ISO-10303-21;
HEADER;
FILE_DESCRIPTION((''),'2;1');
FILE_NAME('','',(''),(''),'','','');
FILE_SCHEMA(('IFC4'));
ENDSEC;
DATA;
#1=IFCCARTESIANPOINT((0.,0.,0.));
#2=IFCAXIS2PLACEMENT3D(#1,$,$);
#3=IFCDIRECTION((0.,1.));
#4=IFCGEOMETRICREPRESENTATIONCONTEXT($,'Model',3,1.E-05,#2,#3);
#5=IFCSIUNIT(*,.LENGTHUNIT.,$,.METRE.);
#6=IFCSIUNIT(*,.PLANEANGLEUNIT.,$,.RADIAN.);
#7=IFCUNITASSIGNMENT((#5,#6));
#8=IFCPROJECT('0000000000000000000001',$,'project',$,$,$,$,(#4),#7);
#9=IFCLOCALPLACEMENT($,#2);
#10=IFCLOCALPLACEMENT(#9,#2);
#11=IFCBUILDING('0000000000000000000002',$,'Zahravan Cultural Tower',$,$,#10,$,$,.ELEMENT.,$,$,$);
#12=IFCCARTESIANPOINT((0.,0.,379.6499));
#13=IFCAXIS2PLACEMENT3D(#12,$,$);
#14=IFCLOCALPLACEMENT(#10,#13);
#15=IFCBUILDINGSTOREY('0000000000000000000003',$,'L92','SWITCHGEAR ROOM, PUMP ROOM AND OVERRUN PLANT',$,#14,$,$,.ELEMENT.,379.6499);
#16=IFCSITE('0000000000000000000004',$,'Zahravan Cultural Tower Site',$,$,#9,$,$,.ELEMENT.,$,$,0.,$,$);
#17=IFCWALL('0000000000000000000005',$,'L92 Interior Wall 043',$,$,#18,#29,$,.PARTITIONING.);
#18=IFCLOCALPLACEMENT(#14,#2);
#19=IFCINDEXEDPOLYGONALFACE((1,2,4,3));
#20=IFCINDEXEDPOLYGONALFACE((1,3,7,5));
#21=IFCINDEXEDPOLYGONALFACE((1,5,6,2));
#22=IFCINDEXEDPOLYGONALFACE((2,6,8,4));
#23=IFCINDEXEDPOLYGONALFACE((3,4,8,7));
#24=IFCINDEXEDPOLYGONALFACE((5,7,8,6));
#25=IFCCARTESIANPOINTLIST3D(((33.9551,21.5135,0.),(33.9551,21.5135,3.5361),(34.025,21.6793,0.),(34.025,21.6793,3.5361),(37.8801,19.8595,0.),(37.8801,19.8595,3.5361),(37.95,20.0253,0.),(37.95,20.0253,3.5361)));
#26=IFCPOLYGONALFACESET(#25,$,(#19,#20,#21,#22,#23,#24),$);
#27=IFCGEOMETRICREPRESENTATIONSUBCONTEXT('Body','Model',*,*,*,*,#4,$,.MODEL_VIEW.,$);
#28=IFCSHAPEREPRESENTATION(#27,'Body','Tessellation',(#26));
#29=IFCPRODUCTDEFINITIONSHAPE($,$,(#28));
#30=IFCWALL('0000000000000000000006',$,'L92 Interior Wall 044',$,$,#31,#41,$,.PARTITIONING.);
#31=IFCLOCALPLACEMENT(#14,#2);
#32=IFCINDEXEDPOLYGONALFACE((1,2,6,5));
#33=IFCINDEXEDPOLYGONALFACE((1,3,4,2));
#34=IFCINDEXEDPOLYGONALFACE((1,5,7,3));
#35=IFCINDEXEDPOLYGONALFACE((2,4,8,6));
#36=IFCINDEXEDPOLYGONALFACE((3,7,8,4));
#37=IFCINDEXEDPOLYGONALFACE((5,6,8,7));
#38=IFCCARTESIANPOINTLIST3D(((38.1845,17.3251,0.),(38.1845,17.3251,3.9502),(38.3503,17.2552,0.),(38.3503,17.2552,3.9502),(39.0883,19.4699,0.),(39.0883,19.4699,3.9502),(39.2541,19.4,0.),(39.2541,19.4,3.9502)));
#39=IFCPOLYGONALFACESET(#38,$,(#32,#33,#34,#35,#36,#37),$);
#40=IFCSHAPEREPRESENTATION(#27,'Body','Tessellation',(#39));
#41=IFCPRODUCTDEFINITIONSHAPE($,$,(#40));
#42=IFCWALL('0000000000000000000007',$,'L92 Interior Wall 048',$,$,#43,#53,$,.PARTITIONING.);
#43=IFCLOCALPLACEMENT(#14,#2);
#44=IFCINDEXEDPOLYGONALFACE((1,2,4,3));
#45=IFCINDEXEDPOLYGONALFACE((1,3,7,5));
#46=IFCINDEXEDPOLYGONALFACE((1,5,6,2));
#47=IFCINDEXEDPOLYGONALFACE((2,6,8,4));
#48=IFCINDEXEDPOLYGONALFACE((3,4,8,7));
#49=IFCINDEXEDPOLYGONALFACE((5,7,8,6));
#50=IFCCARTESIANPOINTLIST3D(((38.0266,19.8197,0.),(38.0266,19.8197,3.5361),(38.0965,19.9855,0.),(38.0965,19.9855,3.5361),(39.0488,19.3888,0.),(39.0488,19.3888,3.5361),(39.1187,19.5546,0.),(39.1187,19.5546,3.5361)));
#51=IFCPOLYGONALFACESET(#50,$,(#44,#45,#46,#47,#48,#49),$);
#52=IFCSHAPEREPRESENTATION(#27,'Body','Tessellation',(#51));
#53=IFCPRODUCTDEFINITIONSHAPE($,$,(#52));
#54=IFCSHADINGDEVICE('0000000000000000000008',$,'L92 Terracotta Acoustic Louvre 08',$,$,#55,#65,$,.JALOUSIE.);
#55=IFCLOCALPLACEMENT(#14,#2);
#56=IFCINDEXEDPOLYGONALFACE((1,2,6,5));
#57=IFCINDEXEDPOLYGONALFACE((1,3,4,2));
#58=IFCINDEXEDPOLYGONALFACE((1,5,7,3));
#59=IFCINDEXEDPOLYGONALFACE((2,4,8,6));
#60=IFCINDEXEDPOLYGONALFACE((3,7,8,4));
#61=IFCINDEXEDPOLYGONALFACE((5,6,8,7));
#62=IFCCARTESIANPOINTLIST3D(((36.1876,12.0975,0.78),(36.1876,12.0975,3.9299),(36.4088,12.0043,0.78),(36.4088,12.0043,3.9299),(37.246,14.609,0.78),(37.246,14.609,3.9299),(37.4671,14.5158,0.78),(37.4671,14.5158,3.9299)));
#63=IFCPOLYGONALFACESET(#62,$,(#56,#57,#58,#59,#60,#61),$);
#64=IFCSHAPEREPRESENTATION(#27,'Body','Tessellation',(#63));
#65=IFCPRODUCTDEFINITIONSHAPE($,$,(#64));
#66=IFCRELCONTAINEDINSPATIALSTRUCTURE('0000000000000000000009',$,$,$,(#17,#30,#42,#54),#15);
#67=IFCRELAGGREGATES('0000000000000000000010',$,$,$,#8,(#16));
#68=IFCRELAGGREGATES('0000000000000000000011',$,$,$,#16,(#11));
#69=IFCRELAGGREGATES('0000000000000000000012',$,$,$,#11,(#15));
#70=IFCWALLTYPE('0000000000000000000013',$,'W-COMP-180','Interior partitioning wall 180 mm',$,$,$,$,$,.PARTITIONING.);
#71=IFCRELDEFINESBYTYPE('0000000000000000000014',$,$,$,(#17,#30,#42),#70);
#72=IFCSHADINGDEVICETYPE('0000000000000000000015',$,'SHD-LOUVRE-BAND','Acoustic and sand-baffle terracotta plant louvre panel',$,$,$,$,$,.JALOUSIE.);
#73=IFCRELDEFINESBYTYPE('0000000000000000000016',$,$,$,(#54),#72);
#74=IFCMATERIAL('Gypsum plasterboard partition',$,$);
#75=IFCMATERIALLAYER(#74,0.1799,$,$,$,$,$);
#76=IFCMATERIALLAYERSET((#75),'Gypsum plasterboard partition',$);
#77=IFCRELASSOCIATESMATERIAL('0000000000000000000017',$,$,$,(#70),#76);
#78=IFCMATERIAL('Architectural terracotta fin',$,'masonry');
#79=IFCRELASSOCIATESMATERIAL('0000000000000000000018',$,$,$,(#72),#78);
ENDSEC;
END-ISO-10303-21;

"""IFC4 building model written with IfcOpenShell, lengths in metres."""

from ifc_helpers import new_model, si_unit, direction, frame, frame_2d, origin, origin_2d, place, context, subcontext, project, spatial, rectangle, extrude, source, transform, mapped, material, layer, layer_set, type_object, element, save


model = new_model("IFC4")

# Units and contexts
model_context = context("Model", 3, precision=1e-05, world=origin(), true_north=direction((0.0, 1.0)))
body_context = subcontext(model_context, "Body", "Model", "MODEL_VIEW")
ifc_project = project(units=[si_unit("LENGTHUNIT", "METRE"), si_unit("PLANEANGLEUNIT", "RADIAN")], contexts=[model_context])

# Site, building, storey
site_placement = place(None, origin())
site = spatial("IfcSite", under=ifc_project, at=site_placement, Name="Zahravan Cultural Tower Site", CompositionType="ELEMENT", RefElevation=0.0)
building_placement = place(site_placement, origin())
building = spatial("IfcBuilding", under=site, at=building_placement, Name="Zahravan Cultural Tower", CompositionType="ELEMENT")
storey_placement = place(building_placement, frame((0.0, 0.0, 379.6499)))
storey = spatial("IfcBuildingStorey", under=building, at=storey_placement, Name="L92", Description="SWITCHGEAR ROOM, PUMP ROOM AND OVERRUN PLANT", CompositionType="ELEMENT", Elevation=379.6499)

# Shared definitions
ifc_material_1 = material(Name="Gypsum plasterboard partition")
ifc_layer_1 = layer(ifc_material_1, 0.1799)
ifc_layer_set_1 = layer_set([ifc_layer_1], Name="Gypsum plasterboard partition")
wall_type_1 = type_object("IfcWallType", Name="W-COMP-180", Description="Interior partitioning wall 180 mm", PredefinedType="PARTITIONING", material=ifc_layer_set_1)

# Walls
shared_shape_1 = source(origin(), body_context, "Body", "SweptSolid", [
    extrude(rectangle(XDim=4.2593, YDim=0.1799, at=frame_2d((2.1296, 0.0))), origin(), (0.0, 0.0, 1.0), 3.5361),
])
wall_1_placement = place(storey_placement, frame((37.915, 19.9424, 0.0), z_axis=(0.0, 0.0, 1.0), x_axis=(-0.921518, 0.388336, 0.0)))
element("IfcWall", 1, at=wall_1_placement, inside=storey, type_object=wall_type_1, Name="L92 Interior Wall 043", PredefinedType="PARTITIONING", context=body_context, shape_type="MappedRepresentation", body=[
    mapped(shared_shape_1, transform((0.0, 0.0, 0.0), x_axis=(1.0, 0.0, 0.0), y_axis=(0.0, 1.0, 0.0), z_axis=(0.0, 0.0, 1.0), scale=1.0)),
])
shared_shape_2 = source(origin(), body_context, "Body", "SweptSolid", [
    extrude(rectangle(XDim=2.3274, YDim=0.1799, at=frame_2d((1.1636, 0.0))), origin(), (0.0, 0.0, 1.0), 3.9502),
])
wall_2_placement = place(storey_placement, frame((39.1711, 19.4348, 0.0), z_axis=(0.0, 0.0, 1.0), x_axis=(-0.388329, -0.921521, 0.0)))
element("IfcWall", 2, at=wall_2_placement, inside=storey, type_object=wall_type_1, Name="L92 Interior Wall 044", PredefinedType="PARTITIONING", context=body_context, shape_type="MappedRepresentation", body=[
    mapped(shared_shape_2, transform((0.0, 0.0, 0.0), x_axis=(1.0, 0.0, 0.0), y_axis=(0.0, 1.0, 0.0), z_axis=(0.0, 0.0, 1.0), scale=1.0)),
])
shared_shape_3 = source(origin(), body_context, "Body", "SweptSolid", [
    extrude(rectangle(XDim=1.1094, YDim=0.1799, at=frame_2d((0.5547, 0.0))), origin(), (0.0, 0.0, 1.0), 3.5361),
])
wall_3_placement = place(storey_placement, frame((38.0615, 19.9026, 0.0), z_axis=(0.0, 0.0, 1.0), x_axis=(0.921474, -0.388441, 0.0)))
element("IfcWall", 3, at=wall_3_placement, inside=storey, type_object=wall_type_1, Name="L92 Interior Wall 048", PredefinedType="PARTITIONING", context=body_context, shape_type="MappedRepresentation", body=[
    mapped(shared_shape_3, transform((0.0, 0.0, 0.0), x_axis=(1.0, 0.0, 0.0), y_axis=(0.0, 1.0, 0.0), z_axis=(0.0, 0.0, 1.0), scale=1.0)),
])

# Shading device
ifc_material_2 = material(Name="Architectural terracotta fin", Category="masonry")
shading_device_type = type_object("IfcShadingDeviceType", Name="SHD-LOUVRE-BAND", Description="Acoustic and sand-baffle terracotta plant louvre panel", PredefinedType="JALOUSIE", material=ifc_material_2)
shared_shape_4 = source(origin(), body_context, "Body", "SweptSolid", [
    extrude(rectangle(XDim=2.7253, YDim=0.24, at=origin_2d()), origin(), (0.0, 0.0, 1.0), 3.1499),
])
shading_device_placement = place(storey_placement, frame((36.8274, 13.3066, 0.78), z_axis=(0.0, 0.0, 1.0), x_axis=(-0.388336, -0.921518, 0.0)))
element("IfcShadingDevice", 4, at=shading_device_placement, inside=storey, type_object=shading_device_type, Name="L92 Terracotta Acoustic Louvre 08", PredefinedType="JALOUSIE", context=body_context, shape_type="MappedRepresentation", body=[
    mapped(shared_shape_4, transform((0.0, 0.0, 0.0), x_axis=(1.0, 0.0, 0.0), y_axis=(0.0, 1.0, 0.0), z_axis=(0.0, 0.0, 1.0), scale=1.0)),
])

save(model, "model.ifc")
